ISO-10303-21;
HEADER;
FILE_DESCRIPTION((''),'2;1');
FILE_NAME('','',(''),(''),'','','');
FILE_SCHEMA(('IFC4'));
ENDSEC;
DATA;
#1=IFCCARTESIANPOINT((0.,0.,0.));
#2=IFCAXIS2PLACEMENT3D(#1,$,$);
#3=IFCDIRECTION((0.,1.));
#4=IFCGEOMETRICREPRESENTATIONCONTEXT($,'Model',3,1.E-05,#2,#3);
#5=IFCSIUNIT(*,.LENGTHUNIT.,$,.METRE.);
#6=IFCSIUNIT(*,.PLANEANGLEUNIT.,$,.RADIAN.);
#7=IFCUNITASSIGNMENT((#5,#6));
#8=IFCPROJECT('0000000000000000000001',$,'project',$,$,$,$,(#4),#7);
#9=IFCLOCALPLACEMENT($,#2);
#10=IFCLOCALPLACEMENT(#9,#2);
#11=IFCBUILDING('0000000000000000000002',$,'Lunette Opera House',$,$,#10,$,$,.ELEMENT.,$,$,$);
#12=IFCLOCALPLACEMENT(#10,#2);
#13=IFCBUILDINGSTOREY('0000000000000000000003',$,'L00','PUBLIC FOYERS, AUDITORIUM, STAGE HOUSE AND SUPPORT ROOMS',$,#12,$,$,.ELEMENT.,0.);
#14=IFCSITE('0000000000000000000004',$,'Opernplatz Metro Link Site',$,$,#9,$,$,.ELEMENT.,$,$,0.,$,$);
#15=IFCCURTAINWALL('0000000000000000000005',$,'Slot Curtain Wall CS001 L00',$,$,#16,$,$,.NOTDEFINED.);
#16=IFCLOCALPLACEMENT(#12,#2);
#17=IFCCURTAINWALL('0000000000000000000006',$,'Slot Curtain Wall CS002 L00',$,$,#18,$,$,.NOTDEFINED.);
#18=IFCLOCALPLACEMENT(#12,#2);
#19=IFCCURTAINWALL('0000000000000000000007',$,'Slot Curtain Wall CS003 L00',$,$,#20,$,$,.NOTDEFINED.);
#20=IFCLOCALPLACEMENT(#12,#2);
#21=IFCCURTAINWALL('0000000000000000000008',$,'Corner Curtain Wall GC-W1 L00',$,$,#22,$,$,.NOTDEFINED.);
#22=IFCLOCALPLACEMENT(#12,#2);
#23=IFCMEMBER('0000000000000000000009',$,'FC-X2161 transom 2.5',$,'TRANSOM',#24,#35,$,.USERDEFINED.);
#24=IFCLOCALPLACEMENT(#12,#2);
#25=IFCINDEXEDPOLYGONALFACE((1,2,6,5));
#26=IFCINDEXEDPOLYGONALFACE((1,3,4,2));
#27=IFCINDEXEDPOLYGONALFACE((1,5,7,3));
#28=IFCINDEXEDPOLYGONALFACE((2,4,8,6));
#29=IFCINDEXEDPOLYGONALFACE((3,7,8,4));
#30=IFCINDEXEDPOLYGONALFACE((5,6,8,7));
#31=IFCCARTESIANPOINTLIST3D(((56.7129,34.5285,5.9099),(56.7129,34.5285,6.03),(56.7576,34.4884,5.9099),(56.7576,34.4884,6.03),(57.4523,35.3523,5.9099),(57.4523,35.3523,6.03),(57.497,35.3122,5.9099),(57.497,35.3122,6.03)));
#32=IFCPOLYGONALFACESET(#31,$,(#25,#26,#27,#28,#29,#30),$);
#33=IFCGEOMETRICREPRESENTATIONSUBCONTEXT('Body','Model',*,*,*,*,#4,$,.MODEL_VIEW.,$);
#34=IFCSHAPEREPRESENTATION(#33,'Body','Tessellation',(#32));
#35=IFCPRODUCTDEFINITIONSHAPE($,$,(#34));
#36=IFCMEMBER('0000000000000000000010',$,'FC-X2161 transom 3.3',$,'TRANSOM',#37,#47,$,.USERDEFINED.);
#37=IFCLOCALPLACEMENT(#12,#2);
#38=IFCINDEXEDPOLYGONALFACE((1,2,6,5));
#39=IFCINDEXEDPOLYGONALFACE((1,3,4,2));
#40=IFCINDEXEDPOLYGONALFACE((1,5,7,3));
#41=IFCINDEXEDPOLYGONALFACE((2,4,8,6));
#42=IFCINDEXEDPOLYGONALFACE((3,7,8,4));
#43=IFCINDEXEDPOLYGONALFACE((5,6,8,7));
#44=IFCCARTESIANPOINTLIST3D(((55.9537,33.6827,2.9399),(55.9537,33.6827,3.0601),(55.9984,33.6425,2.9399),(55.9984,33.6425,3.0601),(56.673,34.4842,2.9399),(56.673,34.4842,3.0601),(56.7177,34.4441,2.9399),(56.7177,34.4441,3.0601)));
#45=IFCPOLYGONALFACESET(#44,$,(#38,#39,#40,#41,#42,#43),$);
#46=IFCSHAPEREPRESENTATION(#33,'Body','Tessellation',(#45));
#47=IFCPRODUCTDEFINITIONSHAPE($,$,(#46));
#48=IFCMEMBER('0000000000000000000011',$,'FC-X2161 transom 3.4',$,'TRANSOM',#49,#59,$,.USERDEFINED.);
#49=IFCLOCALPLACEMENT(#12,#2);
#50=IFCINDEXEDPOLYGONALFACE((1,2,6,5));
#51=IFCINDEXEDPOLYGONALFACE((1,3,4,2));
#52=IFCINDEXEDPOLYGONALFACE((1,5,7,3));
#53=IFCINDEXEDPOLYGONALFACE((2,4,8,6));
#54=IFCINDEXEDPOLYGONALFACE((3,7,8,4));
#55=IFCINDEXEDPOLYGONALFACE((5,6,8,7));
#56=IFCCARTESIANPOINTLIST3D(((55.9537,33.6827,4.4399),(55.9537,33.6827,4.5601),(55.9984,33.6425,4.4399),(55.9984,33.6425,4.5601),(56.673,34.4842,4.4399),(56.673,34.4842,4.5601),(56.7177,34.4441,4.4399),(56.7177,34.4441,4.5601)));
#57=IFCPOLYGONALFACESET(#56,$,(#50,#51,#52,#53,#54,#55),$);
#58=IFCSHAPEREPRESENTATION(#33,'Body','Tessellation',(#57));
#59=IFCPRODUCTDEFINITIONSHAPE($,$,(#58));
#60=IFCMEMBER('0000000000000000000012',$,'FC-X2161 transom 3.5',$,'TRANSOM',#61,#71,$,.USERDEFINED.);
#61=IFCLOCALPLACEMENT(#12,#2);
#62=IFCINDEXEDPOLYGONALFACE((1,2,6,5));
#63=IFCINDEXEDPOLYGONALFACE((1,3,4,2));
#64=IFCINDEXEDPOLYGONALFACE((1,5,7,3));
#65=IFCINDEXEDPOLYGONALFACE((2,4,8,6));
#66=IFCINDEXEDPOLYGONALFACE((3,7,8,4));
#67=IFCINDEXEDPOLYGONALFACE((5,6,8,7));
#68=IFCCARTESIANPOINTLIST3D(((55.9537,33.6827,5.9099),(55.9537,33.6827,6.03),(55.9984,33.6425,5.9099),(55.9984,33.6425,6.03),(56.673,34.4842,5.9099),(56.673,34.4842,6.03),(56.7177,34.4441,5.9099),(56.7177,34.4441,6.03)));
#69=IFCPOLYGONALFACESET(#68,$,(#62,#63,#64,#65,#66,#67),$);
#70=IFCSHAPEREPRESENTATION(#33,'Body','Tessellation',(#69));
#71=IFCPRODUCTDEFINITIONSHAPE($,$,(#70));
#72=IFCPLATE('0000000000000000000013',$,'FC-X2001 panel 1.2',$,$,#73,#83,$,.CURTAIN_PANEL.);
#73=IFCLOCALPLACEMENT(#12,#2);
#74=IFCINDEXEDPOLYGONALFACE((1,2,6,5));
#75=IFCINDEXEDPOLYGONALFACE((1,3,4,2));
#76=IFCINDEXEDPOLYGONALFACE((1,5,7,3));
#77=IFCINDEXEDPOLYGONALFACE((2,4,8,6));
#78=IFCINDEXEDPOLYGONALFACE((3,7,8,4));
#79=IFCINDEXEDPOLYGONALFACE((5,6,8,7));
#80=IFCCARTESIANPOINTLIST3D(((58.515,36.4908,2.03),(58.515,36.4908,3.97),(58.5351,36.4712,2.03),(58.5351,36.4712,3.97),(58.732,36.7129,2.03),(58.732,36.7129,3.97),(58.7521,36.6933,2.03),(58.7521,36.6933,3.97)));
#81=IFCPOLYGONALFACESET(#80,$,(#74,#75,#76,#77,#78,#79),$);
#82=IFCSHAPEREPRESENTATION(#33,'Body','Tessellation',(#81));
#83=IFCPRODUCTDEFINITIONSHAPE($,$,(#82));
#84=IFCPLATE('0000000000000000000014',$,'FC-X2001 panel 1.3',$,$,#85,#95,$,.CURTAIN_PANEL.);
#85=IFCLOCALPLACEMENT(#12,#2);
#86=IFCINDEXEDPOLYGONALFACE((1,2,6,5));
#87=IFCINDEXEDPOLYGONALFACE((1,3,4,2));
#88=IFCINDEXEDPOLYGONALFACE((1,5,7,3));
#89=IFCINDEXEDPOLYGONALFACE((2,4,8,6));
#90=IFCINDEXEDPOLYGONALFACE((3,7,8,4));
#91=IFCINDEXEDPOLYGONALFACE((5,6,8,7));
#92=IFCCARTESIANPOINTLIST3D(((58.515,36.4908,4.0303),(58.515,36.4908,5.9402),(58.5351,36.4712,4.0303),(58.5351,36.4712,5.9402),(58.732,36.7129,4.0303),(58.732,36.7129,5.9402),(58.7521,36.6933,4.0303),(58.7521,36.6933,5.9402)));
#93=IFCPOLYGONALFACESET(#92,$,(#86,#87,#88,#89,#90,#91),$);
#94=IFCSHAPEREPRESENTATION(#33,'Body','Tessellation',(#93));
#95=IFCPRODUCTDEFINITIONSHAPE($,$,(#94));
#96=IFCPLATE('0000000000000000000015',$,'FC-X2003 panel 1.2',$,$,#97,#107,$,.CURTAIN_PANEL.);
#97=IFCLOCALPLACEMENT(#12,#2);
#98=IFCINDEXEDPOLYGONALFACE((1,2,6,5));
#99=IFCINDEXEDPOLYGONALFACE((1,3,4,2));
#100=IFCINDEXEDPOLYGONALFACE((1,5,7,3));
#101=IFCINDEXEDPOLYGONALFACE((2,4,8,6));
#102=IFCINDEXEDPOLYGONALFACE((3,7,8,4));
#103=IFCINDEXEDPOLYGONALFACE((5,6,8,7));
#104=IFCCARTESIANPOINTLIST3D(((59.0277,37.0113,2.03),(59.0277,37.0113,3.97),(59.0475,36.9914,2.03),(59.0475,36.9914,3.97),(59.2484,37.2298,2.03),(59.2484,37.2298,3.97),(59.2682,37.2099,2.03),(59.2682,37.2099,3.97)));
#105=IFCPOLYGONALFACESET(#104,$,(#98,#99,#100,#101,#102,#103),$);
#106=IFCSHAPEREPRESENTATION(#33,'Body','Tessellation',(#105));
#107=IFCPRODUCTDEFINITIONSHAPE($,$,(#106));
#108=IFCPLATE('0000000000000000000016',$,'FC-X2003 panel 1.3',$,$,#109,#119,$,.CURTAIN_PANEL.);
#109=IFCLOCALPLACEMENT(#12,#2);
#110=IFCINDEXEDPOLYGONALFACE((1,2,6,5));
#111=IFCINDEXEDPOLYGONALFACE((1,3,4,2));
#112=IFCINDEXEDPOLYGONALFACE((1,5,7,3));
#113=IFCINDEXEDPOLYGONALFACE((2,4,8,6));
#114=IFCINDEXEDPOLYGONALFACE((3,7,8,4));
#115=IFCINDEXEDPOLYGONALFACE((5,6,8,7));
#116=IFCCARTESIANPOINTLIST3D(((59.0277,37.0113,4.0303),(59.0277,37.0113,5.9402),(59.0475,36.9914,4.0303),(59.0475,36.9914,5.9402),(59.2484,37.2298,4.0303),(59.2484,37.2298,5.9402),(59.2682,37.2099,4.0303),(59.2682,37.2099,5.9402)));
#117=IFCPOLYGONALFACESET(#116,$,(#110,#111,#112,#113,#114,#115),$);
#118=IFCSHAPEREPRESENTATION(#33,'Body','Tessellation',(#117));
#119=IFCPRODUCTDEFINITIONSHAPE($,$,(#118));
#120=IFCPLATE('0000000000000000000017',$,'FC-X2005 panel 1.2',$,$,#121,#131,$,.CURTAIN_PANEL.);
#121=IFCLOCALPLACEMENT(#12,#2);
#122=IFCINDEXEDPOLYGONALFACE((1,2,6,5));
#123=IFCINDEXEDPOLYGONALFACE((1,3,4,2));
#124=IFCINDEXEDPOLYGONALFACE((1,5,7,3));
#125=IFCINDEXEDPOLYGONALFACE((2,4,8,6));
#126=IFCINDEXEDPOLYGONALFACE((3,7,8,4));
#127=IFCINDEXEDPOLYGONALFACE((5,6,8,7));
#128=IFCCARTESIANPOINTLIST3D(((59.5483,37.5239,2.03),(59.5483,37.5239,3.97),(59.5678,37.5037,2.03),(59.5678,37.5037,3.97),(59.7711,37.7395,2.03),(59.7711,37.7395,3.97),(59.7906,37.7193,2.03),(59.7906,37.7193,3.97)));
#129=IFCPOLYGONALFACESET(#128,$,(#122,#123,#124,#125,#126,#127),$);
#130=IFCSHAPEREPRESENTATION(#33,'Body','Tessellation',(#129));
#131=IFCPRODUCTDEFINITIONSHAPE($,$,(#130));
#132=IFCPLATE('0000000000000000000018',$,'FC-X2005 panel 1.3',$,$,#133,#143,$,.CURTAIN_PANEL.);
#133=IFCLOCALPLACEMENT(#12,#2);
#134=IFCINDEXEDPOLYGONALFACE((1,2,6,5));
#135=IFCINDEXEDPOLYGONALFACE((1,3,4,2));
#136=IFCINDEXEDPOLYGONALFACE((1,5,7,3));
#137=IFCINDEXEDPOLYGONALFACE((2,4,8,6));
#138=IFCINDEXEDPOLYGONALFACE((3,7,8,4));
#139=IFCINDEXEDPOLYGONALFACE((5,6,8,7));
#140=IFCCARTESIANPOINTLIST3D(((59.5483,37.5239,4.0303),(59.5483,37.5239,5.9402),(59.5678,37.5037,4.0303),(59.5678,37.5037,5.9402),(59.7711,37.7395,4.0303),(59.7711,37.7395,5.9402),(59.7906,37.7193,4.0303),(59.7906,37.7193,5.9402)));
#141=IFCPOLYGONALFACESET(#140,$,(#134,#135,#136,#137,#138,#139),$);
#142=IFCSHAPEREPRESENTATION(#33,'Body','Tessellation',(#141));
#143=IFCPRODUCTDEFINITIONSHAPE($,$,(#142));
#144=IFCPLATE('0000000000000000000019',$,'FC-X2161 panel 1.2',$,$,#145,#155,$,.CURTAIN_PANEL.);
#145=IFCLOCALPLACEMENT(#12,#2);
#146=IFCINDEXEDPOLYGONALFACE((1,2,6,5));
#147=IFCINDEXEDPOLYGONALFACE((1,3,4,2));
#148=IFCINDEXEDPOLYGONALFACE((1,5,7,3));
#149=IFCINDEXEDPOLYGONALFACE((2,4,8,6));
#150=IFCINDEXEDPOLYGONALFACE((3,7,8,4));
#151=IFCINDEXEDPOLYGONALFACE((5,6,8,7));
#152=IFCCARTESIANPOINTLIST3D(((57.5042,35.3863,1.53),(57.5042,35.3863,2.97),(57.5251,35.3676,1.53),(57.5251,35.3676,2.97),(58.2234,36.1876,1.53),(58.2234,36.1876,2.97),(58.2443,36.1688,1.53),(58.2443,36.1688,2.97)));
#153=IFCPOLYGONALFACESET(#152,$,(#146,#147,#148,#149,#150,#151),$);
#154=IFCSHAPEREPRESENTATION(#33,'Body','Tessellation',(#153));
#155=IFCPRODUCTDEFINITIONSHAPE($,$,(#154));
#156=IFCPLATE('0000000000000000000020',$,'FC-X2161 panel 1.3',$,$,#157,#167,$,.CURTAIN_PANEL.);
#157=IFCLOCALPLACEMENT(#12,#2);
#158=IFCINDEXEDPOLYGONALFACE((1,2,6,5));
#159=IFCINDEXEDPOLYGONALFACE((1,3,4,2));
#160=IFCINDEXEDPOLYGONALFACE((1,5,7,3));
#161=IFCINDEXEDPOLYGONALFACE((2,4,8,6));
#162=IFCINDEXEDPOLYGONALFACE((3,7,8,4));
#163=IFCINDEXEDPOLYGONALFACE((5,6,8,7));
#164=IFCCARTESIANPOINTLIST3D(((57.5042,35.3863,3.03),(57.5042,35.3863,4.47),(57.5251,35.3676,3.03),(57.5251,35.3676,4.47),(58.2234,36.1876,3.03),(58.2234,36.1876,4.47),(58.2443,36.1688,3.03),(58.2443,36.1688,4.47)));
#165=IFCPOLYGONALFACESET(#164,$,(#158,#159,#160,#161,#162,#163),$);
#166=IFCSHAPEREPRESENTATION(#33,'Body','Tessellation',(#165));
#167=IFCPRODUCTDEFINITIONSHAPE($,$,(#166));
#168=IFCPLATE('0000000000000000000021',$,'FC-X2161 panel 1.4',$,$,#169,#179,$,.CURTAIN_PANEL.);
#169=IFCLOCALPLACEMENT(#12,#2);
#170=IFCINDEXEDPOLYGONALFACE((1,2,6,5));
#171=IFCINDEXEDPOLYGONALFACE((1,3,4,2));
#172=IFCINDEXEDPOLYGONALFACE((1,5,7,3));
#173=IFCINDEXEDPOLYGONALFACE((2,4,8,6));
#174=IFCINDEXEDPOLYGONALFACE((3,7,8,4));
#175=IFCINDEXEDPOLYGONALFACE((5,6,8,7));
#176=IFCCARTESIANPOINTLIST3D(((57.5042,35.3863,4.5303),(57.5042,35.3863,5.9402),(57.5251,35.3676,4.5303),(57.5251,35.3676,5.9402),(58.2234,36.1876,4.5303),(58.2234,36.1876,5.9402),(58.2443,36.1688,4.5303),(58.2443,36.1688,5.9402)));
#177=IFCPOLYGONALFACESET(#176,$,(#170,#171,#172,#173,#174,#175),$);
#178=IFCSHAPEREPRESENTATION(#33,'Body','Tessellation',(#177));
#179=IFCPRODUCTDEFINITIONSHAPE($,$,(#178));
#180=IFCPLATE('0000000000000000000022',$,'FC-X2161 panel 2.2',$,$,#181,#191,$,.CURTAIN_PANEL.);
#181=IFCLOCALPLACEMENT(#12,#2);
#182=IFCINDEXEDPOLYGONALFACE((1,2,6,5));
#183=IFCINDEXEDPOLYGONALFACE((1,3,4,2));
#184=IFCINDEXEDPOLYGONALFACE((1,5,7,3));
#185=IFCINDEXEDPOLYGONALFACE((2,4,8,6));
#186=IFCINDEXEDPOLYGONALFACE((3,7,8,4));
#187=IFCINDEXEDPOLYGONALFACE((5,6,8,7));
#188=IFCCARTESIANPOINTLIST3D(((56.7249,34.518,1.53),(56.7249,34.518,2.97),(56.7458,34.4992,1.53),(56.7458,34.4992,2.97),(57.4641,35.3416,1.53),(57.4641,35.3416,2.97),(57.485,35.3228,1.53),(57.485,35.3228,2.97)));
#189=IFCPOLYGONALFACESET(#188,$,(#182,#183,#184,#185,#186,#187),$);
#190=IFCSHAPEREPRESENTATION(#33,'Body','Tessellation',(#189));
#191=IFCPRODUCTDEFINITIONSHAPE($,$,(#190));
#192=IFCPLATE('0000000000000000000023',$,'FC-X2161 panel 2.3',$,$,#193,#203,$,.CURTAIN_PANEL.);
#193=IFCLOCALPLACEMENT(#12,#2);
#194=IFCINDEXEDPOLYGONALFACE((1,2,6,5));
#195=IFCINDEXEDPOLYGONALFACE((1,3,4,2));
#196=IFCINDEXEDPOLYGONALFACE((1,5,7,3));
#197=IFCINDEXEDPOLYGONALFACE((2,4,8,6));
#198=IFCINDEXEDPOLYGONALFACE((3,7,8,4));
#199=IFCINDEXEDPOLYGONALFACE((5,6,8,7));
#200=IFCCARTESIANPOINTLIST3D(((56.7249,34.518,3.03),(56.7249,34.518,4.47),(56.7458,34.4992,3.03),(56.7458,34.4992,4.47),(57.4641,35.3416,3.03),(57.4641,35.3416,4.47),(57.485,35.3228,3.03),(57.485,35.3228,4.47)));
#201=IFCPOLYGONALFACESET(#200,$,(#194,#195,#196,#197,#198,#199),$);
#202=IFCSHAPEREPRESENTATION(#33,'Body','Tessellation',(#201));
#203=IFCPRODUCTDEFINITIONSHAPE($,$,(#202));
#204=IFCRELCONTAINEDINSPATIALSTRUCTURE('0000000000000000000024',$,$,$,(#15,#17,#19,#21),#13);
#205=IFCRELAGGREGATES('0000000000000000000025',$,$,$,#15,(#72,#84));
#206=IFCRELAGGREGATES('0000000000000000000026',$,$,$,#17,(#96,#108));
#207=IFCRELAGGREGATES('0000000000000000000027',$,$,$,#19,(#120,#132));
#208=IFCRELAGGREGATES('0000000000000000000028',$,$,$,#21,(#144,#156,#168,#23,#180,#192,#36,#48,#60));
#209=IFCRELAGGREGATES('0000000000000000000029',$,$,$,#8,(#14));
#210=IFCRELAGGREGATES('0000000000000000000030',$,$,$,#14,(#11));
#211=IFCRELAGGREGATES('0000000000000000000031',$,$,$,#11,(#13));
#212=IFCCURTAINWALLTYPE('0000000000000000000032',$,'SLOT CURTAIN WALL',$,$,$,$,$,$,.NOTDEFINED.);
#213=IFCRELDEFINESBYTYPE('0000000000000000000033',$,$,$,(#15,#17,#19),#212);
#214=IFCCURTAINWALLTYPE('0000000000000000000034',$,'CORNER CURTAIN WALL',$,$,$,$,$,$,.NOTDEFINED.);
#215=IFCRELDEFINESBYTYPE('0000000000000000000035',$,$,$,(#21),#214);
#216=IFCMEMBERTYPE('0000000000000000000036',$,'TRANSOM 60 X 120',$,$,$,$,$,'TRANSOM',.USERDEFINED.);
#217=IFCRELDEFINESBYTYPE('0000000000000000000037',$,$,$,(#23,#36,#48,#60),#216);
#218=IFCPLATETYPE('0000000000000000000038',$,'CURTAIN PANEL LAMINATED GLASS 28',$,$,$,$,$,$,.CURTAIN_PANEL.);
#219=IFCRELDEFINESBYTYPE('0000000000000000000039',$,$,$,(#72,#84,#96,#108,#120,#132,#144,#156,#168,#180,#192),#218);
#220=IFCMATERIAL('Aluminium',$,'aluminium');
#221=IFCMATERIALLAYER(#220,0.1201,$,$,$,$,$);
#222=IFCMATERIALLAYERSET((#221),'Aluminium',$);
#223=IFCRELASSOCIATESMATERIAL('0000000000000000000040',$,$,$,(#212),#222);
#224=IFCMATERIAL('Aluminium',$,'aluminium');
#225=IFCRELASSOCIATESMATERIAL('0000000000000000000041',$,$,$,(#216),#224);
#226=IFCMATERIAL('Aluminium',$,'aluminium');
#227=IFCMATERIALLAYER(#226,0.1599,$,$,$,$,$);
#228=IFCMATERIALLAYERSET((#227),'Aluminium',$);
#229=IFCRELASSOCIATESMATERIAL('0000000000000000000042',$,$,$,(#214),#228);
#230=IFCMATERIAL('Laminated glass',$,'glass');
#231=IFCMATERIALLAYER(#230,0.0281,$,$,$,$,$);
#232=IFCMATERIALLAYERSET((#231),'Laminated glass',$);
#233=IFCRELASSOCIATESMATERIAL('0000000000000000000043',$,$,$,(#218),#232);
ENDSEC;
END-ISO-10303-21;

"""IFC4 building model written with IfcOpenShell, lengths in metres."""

from ifc_helpers import new_model, si_unit, direction, frame, origin, origin_2d, place, context, subcontext, project, spatial, rectangle, extrude, material, layer, layer_set, material_profile, profile_set, type_object, element, aggregate, save


model = new_model("IFC4")

# Units and contexts
model_context = context("Model", 3, precision=1e-05, world=origin(), true_north=direction((0.0, 1.0)))
body_context = subcontext(model_context, "Body", "Model", "MODEL_VIEW")
ifc_project = project(units=[si_unit("LENGTHUNIT", "METRE"), si_unit("PLANEANGLEUNIT", "RADIAN")], contexts=[model_context])

# Site, building, storey
site_placement = place(None, origin())
site = spatial("IfcSite", under=ifc_project, at=site_placement, Name="Opernplatz Metro Link Site", CompositionType="ELEMENT", RefElevation=0.0)
building_placement = place(site_placement, origin())
building = spatial("IfcBuilding", under=site, at=building_placement, Name="Lunette Opera House", CompositionType="ELEMENT")
storey_placement = place(building_placement, origin())
storey = spatial("IfcBuildingStorey", under=building, at=storey_placement, Name="L00", Description="PUBLIC FOYERS, AUDITORIUM, STAGE HOUSE AND SUPPORT ROOMS", CompositionType="ELEMENT", Elevation=0.0)

# Curtain walls, members
ifc_material_1 = material(Name="Aluminium", Category="aluminium")
ifc_layer_1 = layer(ifc_material_1, 0.1201)
ifc_layer_set_1 = layer_set([ifc_layer_1], Name="Aluminium")
curtain_wall_type_1 = type_object("IfcCurtainWallType", Name="SLOT CURTAIN WALL", PredefinedType="NOTDEFINED", material=ifc_layer_set_1)
curtain_wall_1_placement = place(storey_placement, origin())
curtain_wall_1 = element("IfcCurtainWall", 1, at=curtain_wall_1_placement, inside=storey, type_object=curtain_wall_type_1, Name="Slot Curtain Wall CS001 L00", PredefinedType="NOTDEFINED")
ifc_material_2 = material(Name="Aluminium", Category="aluminium")
ifc_material_profile = material_profile(ifc_material_2, rectangle(XDim=0.0601, YDim=0.1201, at=origin_2d()), Name="TRANSOM 60 X 120")
ifc_profile_set = profile_set([ifc_material_profile], Name="Aluminium")
member_type = type_object("IfcMemberType", Name="TRANSOM 60 X 120", ElementType="TRANSOM", PredefinedType="USERDEFINED", material=ifc_profile_set)
curtain_wall_2_placement = place(storey_placement, origin())
curtain_wall_2 = element("IfcCurtainWall", 2, at=curtain_wall_2_placement, inside=storey, type_object=curtain_wall_type_1, Name="Slot Curtain Wall CS002 L00", PredefinedType="NOTDEFINED")
curtain_wall_3_placement = place(storey_placement, origin())
curtain_wall_3 = element("IfcCurtainWall", 3, at=curtain_wall_3_placement, inside=storey, type_object=curtain_wall_type_1, Name="Slot Curtain Wall CS003 L00", PredefinedType="NOTDEFINED")
ifc_material_3 = material(Name="Aluminium", Category="aluminium")
ifc_layer_2 = layer(ifc_material_3, 0.1599)
ifc_layer_set_2 = layer_set([ifc_layer_2], Name="Aluminium")
curtain_wall_type_2 = type_object("IfcCurtainWallType", Name="CORNER CURTAIN WALL", PredefinedType="NOTDEFINED", material=ifc_layer_set_2)
curtain_wall_4_placement = place(storey_placement, origin())
curtain_wall_4 = element("IfcCurtainWall", 4, at=curtain_wall_4_placement, inside=storey, type_object=curtain_wall_type_2, Name="Corner Curtain Wall GC-W1 L00", PredefinedType="NOTDEFINED")
member_1_placement = place(storey_placement, frame((57.4746, 35.3323, 5.97), z_axis=(-0.667916, -0.744237, 0.0), x_axis=(0.744237, -0.667916, 0.0)))
member_1 = element("IfcMember", 5, at=member_1_placement, type_object=member_type, Name="FC-X2161 transom 2.5", ObjectType="TRANSOM", PredefinedType="USERDEFINED", context=body_context, shape_type="SweptSolid", body=[
    extrude(rectangle(XDim=0.0601, YDim=0.1201, at=origin_2d()), origin(), (0.0, 0.0, 1.0), 1.1069),
])
member_2_placement = place(storey_placement, frame((56.6953, 34.4641, 3.0), z_axis=(-0.667874, -0.744274, 0.0), x_axis=(0.744274, -0.667874, 0.0)))
member_2 = element("IfcMember", 6, at=member_2_placement, type_object=member_type, Name="FC-X2161 transom 3.3", ObjectType="TRANSOM", PredefinedType="USERDEFINED", context=body_context, shape_type="SweptSolid", body=[
    extrude(rectangle(XDim=0.0601, YDim=0.1201, at=origin_2d()), origin(), (0.0, 0.0, 1.0), 1.0769),
])
member_3_placement = place(storey_placement, frame((56.6953, 34.4641, 4.5), z_axis=(-0.667874, -0.744274, 0.0), x_axis=(0.744274, -0.667874, 0.0)))
member_3 = element("IfcMember", 7, at=member_3_placement, type_object=member_type, Name="FC-X2161 transom 3.4", ObjectType="TRANSOM", PredefinedType="USERDEFINED", context=body_context, shape_type="SweptSolid", body=[
    extrude(rectangle(XDim=0.0601, YDim=0.1201, at=origin_2d()), origin(), (0.0, 0.0, 1.0), 1.0769),
])
member_4_placement = place(storey_placement, frame((56.6953, 34.4641, 5.97), z_axis=(-0.667874, -0.744274, 0.0), x_axis=(0.744274, -0.667874, 0.0)))
member_4 = element("IfcMember", 8, at=member_4_placement, type_object=member_type, Name="FC-X2161 transom 3.5", ObjectType="TRANSOM", PredefinedType="USERDEFINED", context=body_context, shape_type="SweptSolid", body=[
    extrude(rectangle(XDim=0.0601, YDim=0.1201, at=origin_2d()), origin(), (0.0, 0.0, 1.0), 1.0769),
])

# Plates
ifc_material_4 = material(Name="Laminated glass", Category="glass")
ifc_layer_3 = layer(ifc_material_4, 0.0281)
ifc_layer_set_3 = layer_set([ifc_layer_3], Name="Laminated glass")
plate_type = type_object("IfcPlateType", Name="CURTAIN PANEL LAMINATED GLASS 28", PredefinedType="CURTAIN_PANEL", material=ifc_layer_set_3)
plate_1_placement = place(storey_placement, frame((58.6335, 36.592, 2.03), z_axis=(0.0, 0.0, 1.0), x_axis=(0.698933, 0.715187, 0.0)))
plate_1 = element("IfcPlate", 9, at=plate_1_placement, type_object=plate_type, Name="FC-X2001 panel 1.2", PredefinedType="CURTAIN_PANEL", context=body_context, shape_type="SweptSolid", body=[
    extrude(rectangle(XDim=0.3105, YDim=0.0281, at=origin_2d()), origin(), (0.0, 0.0, 1.0), 1.9399),
])
plate_2_placement = place(storey_placement, frame((58.6335, 36.592, 4.0303), z_axis=(0.0, 0.0, 1.0), x_axis=(0.698933, 0.715187, 0.0)))
plate_2 = element("IfcPlate", 10, at=plate_2_placement, type_object=plate_type, Name="FC-X2001 panel 1.3", PredefinedType="CURTAIN_PANEL", context=body_context, shape_type="SweptSolid", body=[
    extrude(rectangle(XDim=0.3105, YDim=0.0281, at=origin_2d()), origin(), (0.0, 0.0, 1.0), 1.9099),
])
aggregate(curtain_wall_1, [plate_1, plate_2])
plate_3_placement = place(storey_placement, frame((59.1479, 37.1106, 2.03), z_axis=(0.0, 0.0, 1.0), x_axis=(0.710581, 0.703615, 0.0)))
plate_3 = element("IfcPlate", 11, at=plate_3_placement, type_object=plate_type, Name="FC-X2003 panel 1.2", PredefinedType="CURTAIN_PANEL", context=body_context, shape_type="SweptSolid", body=[
    extrude(rectangle(XDim=0.3105, YDim=0.0281, at=origin_2d()), origin(), (0.0, 0.0, 1.0), 1.9399),
])
plate_4_placement = place(storey_placement, frame((59.1479, 37.1106, 4.0303), z_axis=(0.0, 0.0, 1.0), x_axis=(0.710581, 0.703615, 0.0)))
plate_4 = element("IfcPlate", 12, at=plate_4_placement, type_object=plate_type, Name="FC-X2003 panel 1.3", PredefinedType="CURTAIN_PANEL", context=body_context, shape_type="SweptSolid", body=[
    extrude(rectangle(XDim=0.3105, YDim=0.0281, at=origin_2d()), origin(), (0.0, 0.0, 1.0), 1.9099),
])
aggregate(curtain_wall_2, [plate_3, plate_4])
plate_5_placement = place(storey_placement, frame((59.6694, 37.6216, 2.03), z_axis=(0.0, 0.0, 1.0), x_axis=(0.71864, 0.695383, 0.0)))
plate_5 = element("IfcPlate", 13, at=plate_5_placement, type_object=plate_type, Name="FC-X2005 panel 1.2", PredefinedType="CURTAIN_PANEL", context=body_context, shape_type="SweptSolid", body=[
    extrude(rectangle(XDim=0.3101, YDim=0.0281, at=origin_2d()), origin(), (0.0, 0.0, 1.0), 1.9399),
])
plate_6_placement = place(storey_placement, frame((59.6694, 37.6216, 4.0303), z_axis=(0.0, 0.0, 1.0), x_axis=(0.71864, 0.695383, 0.0)))
plate_6 = element("IfcPlate", 14, at=plate_6_placement, type_object=plate_type, Name="FC-X2005 panel 1.3", PredefinedType="CURTAIN_PANEL", context=body_context, shape_type="SweptSolid", body=[
    extrude(rectangle(XDim=0.3101, YDim=0.0281, at=origin_2d()), origin(), (0.0, 0.0, 1.0), 1.9099),
])
aggregate(curtain_wall_3, [plate_5, plate_6])
plate_7_placement = place(storey_placement, frame((57.8743, 35.7776, 1.53), z_axis=(0.0, 0.0, 1.0), x_axis=(-0.667938, -0.744217, 0.0)))
plate_7 = element("IfcPlate", 15, at=plate_7_placement, type_object=plate_type, Name="FC-X2161 panel 1.2", PredefinedType="CURTAIN_PANEL", context=body_context, shape_type="SweptSolid", body=[
    extrude(rectangle(XDim=1.0767, YDim=0.0281, at=origin_2d()), origin(), (0.0, 0.0, 1.0), 1.4399),
])
plate_8_placement = place(storey_placement, frame((57.8743, 35.7776, 3.03), z_axis=(0.0, 0.0, 1.0), x_axis=(-0.667938, -0.744217, 0.0)))
plate_8 = element("IfcPlate", 16, at=plate_8_placement, type_object=plate_type, Name="FC-X2161 panel 1.3", PredefinedType="CURTAIN_PANEL", context=body_context, shape_type="SweptSolid", body=[
    extrude(rectangle(XDim=1.0767, YDim=0.0281, at=origin_2d()), origin(), (0.0, 0.0, 1.0), 1.4399),
])
plate_9_placement = place(storey_placement, frame((57.8743, 35.7776, 4.5303), z_axis=(0.0, 0.0, 1.0), x_axis=(-0.667938, -0.744217, 0.0)))
plate_9 = element("IfcPlate", 17, at=plate_9_placement, type_object=plate_type, Name="FC-X2161 panel 1.4", PredefinedType="CURTAIN_PANEL", context=body_context, shape_type="SweptSolid", body=[
    extrude(rectangle(XDim=1.0767, YDim=0.0281, at=origin_2d()), origin(), (0.0, 0.0, 1.0), 1.4099),
])
plate_10_placement = place(storey_placement, frame((57.105, 34.9204, 1.53), z_axis=(0.0, 0.0, 1.0), x_axis=(-0.667938, -0.744217, 0.0)))
plate_10 = element("IfcPlate", 18, at=plate_10_placement, type_object=plate_type, Name="FC-X2161 panel 2.2", PredefinedType="CURTAIN_PANEL", context=body_context, shape_type="SweptSolid", body=[
    extrude(rectangle(XDim=1.1067, YDim=0.0281, at=origin_2d()), origin(), (0.0, 0.0, 1.0), 1.4399),
])
plate_11_placement = place(storey_placement, frame((57.105, 34.9204, 3.03), z_axis=(0.0, 0.0, 1.0), x_axis=(-0.667938, -0.744217, 0.0)))
plate_11 = element("IfcPlate", 19, at=plate_11_placement, type_object=plate_type, Name="FC-X2161 panel 2.3", PredefinedType="CURTAIN_PANEL", context=body_context, shape_type="SweptSolid", body=[
    extrude(rectangle(XDim=1.1067, YDim=0.0281, at=origin_2d()), origin(), (0.0, 0.0, 1.0), 1.4399),
])
aggregate(curtain_wall_4, [plate_7, plate_8, plate_9, member_1, plate_10, plate_11, member_2, member_3, member_4])

save(model, "model.ifc")
